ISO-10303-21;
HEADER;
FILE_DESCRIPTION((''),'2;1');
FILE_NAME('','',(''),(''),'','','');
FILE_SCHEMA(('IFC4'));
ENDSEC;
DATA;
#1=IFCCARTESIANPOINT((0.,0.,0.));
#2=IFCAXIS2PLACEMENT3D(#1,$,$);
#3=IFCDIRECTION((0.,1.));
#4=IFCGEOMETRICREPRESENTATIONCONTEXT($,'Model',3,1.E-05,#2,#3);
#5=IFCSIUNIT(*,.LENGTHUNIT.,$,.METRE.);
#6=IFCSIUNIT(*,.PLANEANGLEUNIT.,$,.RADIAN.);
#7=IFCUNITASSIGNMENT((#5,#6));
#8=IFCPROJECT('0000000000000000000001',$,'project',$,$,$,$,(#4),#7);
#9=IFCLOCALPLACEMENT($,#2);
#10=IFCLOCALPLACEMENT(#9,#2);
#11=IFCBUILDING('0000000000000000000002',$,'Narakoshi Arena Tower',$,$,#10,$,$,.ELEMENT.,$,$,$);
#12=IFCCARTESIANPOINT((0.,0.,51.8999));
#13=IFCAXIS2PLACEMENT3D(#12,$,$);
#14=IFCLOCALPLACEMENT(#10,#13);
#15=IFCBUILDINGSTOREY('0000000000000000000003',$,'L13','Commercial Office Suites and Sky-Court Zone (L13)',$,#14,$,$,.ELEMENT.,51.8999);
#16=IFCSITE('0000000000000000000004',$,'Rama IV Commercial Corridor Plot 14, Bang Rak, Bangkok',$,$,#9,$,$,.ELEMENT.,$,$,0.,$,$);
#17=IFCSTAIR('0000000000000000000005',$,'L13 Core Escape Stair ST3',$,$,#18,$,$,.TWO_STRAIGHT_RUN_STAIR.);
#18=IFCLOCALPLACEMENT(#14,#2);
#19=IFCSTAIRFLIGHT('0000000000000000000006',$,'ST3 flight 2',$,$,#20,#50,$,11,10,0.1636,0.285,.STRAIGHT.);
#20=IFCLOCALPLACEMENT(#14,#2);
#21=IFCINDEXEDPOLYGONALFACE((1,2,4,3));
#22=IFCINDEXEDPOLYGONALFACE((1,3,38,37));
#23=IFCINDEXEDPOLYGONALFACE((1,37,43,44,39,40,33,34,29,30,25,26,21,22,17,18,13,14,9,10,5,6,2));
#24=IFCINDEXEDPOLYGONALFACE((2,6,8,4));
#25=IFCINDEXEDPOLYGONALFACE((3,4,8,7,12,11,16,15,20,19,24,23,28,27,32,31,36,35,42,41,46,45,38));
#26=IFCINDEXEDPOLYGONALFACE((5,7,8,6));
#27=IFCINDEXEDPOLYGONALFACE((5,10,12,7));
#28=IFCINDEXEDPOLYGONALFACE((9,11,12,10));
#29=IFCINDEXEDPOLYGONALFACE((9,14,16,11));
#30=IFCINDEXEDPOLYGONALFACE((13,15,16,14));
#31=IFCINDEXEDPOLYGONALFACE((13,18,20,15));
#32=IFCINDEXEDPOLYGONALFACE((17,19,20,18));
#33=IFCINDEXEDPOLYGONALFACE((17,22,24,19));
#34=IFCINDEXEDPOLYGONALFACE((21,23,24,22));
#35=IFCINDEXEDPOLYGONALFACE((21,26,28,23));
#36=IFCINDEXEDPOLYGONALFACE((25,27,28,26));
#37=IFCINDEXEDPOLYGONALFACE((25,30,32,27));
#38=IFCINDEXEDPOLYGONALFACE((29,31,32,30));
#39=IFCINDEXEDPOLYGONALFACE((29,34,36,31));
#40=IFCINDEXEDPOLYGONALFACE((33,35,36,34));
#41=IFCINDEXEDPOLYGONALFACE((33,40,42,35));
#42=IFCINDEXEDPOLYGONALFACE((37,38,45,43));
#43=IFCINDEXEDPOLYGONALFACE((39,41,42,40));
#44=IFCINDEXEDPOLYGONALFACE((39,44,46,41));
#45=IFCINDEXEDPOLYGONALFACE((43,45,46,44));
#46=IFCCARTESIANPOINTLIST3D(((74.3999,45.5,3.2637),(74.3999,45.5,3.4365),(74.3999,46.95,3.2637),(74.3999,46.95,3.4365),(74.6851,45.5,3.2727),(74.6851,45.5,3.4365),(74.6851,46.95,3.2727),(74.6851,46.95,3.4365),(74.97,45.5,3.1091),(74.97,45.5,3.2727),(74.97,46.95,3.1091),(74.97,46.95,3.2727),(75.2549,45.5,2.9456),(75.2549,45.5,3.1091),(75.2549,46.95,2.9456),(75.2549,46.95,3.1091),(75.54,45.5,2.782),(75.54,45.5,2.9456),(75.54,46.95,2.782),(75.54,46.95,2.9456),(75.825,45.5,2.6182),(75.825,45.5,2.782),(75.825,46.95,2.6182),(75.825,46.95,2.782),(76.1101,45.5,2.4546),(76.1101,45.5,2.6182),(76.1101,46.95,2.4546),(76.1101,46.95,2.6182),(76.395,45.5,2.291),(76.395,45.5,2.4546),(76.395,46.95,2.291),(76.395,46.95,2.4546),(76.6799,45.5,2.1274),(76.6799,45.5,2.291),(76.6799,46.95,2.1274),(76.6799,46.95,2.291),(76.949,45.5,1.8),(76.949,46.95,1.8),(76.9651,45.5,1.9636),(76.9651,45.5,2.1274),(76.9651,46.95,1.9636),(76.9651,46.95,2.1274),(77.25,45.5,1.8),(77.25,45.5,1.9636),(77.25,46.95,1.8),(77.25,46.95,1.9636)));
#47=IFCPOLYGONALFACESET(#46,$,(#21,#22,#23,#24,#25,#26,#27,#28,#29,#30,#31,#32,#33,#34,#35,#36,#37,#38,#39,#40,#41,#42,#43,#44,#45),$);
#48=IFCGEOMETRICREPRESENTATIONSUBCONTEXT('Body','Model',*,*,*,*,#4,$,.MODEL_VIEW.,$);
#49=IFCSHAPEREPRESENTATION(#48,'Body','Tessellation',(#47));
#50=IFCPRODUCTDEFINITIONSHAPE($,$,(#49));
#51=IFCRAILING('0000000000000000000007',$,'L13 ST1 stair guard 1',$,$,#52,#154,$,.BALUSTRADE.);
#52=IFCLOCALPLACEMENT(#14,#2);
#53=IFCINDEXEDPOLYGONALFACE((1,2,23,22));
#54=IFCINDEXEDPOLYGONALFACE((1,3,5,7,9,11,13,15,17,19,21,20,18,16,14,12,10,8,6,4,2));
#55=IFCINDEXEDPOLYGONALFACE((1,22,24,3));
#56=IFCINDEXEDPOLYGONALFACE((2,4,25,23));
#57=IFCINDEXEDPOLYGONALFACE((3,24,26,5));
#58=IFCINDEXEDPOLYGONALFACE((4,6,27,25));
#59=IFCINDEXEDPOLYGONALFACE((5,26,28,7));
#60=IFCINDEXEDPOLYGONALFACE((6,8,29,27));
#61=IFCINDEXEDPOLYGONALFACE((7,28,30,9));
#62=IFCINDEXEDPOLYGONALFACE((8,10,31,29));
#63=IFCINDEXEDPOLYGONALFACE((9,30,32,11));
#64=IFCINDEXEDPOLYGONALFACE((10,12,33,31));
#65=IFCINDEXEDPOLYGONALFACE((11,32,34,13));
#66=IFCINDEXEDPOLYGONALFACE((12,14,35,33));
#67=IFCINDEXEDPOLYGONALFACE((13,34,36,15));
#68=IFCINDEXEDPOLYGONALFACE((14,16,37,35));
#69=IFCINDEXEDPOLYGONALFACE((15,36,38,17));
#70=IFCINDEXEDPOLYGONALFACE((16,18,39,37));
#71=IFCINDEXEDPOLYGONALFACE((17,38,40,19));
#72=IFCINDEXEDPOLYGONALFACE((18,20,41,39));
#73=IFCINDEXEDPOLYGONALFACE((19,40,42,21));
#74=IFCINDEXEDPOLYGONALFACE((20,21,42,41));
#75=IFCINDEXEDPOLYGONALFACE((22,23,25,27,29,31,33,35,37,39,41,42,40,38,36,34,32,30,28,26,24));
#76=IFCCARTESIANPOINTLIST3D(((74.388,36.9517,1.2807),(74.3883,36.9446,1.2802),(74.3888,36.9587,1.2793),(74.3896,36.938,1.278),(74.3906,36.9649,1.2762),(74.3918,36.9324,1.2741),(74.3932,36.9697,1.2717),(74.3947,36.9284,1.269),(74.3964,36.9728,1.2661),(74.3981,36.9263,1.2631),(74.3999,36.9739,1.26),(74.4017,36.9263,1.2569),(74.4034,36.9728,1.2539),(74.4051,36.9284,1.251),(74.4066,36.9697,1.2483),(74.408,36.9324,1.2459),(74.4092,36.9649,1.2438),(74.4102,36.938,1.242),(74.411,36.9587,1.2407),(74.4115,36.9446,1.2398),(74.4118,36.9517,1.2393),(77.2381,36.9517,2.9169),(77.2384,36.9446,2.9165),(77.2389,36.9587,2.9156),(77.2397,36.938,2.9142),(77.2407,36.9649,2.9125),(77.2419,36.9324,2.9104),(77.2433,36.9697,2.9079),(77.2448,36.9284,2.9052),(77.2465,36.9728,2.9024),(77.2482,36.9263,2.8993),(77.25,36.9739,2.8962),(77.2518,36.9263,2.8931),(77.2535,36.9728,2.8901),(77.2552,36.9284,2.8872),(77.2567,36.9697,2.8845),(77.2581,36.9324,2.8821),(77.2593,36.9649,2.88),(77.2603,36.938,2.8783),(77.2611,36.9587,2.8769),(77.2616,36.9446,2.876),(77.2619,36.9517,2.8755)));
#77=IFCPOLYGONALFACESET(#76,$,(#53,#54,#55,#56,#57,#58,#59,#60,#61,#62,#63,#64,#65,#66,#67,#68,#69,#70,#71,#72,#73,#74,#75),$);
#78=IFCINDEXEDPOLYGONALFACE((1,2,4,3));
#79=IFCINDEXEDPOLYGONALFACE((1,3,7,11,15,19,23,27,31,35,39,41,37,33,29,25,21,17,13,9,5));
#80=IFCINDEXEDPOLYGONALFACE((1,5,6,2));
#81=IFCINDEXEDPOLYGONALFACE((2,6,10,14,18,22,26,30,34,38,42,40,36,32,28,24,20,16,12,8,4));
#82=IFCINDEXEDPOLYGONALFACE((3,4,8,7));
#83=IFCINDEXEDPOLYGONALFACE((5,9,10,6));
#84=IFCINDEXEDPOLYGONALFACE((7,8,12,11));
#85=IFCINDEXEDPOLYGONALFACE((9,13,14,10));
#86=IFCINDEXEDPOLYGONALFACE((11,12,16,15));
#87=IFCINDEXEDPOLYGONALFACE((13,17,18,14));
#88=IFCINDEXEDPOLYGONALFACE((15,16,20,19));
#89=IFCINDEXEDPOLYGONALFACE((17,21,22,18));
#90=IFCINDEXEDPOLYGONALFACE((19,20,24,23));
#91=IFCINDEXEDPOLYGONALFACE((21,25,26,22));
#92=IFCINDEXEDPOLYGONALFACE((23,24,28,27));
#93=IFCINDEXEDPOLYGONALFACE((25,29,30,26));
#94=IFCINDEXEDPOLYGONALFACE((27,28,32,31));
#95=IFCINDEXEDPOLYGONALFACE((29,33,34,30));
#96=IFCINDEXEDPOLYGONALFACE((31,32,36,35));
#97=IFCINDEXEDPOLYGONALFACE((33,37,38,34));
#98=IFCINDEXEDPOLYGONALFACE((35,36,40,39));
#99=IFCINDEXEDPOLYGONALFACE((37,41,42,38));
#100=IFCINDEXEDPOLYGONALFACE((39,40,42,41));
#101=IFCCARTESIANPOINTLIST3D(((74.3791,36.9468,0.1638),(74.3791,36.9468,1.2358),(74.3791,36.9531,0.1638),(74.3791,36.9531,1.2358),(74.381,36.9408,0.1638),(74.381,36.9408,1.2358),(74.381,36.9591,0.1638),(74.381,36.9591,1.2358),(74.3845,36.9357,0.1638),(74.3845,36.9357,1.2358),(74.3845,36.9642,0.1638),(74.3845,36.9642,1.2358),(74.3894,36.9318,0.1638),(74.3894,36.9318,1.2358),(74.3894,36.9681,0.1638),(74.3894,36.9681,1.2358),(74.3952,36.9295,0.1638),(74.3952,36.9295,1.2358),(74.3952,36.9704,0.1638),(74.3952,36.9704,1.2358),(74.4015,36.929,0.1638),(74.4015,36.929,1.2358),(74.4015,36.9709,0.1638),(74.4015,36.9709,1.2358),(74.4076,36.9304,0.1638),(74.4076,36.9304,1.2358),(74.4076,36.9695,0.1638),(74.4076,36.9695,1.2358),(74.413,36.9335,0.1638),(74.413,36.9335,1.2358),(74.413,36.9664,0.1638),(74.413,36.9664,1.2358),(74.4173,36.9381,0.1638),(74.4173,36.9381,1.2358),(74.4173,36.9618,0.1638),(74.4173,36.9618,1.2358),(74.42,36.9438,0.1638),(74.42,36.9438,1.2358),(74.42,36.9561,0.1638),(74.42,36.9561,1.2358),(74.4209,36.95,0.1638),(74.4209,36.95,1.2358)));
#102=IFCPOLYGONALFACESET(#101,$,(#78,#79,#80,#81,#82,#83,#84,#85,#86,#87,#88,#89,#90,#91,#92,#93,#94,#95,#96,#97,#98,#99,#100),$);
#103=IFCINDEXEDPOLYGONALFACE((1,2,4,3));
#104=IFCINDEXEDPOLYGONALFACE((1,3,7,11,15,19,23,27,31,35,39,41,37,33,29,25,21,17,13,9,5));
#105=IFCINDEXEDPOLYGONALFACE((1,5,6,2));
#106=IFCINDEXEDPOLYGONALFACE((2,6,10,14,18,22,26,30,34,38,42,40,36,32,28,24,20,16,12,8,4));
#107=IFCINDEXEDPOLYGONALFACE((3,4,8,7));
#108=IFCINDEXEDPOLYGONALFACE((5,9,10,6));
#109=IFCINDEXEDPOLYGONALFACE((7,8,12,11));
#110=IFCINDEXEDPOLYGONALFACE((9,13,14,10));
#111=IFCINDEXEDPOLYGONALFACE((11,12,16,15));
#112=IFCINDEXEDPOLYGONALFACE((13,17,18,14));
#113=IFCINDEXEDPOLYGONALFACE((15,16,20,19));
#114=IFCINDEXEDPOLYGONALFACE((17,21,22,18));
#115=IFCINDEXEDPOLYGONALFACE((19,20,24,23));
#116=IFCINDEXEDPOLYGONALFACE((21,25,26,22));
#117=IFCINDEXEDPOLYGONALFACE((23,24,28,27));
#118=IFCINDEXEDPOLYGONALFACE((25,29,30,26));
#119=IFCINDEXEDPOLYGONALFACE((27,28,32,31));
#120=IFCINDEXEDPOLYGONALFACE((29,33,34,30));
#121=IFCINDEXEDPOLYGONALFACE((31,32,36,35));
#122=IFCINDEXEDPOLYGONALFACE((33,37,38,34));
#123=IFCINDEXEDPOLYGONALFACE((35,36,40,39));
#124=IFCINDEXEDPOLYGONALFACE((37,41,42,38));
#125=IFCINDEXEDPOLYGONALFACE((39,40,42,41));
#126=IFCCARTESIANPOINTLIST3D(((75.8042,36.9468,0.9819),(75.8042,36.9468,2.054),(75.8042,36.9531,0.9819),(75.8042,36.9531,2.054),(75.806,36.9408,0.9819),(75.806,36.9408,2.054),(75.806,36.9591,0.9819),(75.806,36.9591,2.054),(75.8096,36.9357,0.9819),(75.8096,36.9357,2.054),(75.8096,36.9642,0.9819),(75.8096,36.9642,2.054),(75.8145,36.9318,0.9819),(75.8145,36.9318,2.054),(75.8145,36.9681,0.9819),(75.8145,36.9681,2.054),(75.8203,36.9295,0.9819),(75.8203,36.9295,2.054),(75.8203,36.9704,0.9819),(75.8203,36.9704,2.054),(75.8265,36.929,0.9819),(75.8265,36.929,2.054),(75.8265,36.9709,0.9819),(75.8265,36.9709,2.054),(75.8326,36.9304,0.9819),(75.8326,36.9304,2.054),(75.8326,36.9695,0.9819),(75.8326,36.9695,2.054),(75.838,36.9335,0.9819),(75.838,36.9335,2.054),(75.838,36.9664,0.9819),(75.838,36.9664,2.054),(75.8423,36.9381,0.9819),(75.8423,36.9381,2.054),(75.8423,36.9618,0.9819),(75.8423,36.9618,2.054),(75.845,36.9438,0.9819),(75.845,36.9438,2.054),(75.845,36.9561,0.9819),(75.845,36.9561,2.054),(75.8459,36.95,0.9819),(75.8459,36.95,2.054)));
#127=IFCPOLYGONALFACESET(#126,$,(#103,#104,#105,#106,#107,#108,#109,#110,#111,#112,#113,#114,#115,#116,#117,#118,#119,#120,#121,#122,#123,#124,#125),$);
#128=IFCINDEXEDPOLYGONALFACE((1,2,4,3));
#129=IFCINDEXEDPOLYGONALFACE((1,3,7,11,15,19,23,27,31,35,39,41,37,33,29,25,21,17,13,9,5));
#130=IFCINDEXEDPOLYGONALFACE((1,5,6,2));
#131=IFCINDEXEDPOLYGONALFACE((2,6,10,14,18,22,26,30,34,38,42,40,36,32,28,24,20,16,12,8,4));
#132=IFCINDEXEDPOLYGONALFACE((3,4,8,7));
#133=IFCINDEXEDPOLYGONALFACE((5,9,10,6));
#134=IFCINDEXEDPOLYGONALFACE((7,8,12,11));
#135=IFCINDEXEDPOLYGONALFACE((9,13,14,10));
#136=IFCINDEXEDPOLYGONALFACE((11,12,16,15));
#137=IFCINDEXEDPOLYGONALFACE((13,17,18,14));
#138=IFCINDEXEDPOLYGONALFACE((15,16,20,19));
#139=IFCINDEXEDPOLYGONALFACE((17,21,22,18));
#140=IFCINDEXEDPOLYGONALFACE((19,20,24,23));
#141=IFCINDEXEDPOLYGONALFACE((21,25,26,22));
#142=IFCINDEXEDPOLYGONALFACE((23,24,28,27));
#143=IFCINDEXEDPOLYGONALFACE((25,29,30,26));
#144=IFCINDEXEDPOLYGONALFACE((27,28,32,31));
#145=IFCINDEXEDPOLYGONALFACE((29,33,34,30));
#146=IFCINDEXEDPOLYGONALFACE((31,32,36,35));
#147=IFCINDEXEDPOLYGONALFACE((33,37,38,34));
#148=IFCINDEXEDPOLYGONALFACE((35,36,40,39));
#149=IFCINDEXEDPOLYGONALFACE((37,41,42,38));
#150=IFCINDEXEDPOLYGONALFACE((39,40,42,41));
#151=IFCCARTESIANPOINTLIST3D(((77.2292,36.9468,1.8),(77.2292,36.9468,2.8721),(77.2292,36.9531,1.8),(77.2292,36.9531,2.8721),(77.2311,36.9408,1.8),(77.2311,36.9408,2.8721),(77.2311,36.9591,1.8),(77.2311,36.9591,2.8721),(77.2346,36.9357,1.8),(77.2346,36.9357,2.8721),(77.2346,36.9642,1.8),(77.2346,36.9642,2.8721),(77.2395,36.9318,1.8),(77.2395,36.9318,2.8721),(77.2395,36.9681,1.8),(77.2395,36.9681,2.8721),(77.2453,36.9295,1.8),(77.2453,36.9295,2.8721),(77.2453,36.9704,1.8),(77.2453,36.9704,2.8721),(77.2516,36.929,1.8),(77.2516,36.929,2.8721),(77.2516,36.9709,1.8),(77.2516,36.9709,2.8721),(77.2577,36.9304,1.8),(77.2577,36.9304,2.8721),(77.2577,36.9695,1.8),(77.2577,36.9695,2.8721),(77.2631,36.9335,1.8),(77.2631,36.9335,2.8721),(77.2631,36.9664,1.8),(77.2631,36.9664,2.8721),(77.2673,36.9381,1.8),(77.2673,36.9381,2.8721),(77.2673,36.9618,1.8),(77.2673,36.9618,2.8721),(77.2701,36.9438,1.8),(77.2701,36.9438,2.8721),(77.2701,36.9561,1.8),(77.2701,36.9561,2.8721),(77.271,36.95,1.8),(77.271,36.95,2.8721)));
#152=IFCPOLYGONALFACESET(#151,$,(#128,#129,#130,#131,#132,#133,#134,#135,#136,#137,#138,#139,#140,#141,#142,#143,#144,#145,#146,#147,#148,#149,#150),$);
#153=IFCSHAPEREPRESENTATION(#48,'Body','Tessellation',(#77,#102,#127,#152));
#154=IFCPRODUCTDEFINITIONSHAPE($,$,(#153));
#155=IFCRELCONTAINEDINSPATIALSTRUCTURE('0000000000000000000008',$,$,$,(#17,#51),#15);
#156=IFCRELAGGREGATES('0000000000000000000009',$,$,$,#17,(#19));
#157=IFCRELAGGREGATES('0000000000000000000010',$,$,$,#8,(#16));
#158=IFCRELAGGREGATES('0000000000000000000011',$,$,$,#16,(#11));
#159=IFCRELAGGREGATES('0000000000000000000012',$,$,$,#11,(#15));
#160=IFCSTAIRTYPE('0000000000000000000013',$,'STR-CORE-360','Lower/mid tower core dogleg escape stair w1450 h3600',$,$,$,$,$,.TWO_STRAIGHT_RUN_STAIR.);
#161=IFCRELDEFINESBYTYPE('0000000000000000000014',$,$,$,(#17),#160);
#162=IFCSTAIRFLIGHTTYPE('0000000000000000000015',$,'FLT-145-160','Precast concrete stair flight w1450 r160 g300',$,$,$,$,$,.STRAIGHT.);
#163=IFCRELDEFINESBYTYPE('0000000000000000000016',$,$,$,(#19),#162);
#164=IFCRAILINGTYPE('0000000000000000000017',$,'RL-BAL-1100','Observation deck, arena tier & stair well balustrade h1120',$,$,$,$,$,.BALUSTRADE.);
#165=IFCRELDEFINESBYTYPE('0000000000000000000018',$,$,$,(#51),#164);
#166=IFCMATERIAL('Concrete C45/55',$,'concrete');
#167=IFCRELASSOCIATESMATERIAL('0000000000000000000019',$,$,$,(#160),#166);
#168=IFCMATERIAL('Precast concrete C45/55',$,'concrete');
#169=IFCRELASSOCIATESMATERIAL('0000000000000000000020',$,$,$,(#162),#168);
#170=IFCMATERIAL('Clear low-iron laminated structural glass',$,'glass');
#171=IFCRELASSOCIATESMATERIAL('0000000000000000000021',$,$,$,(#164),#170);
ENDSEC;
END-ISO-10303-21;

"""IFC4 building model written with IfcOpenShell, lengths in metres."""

from ifc_helpers import new_model, si_unit, direction, frame, origin, origin_2d, place, context, subcontext, project, spatial, polyline, circle, outline, extrude, material, type_object, element, aggregate, save


model = new_model("IFC4")

# Units and contexts
model_context = context("Model", 3, precision=1e-05, world=origin(), true_north=direction((0.0, 1.0)))
body_context = subcontext(model_context, "Body", "Model", "MODEL_VIEW")
ifc_project = project(units=[si_unit("LENGTHUNIT", "METRE"), si_unit("PLANEANGLEUNIT", "RADIAN")], contexts=[model_context])

# Site, building, storey
site_placement = place(None, origin())
site = spatial("IfcSite", under=ifc_project, at=site_placement, Name="Rama IV Commercial Corridor Plot 14, Bang Rak, Bangkok", CompositionType="ELEMENT", RefElevation=0.0)
building_placement = place(site_placement, origin())
building = spatial("IfcBuilding", under=site, at=building_placement, Name="Narakoshi Arena Tower", CompositionType="ELEMENT")
storey_placement = place(building_placement, frame((0.0, 0.0, 51.8999)))
storey = spatial("IfcBuildingStorey", under=building, at=storey_placement, Name="L13", Description="Commercial Office Suites and Sky-Court Zone (L13)", CompositionType="ELEMENT", Elevation=51.8999)

# Stair, stair flight
ifc_material_1 = material(Name="Concrete C45/55", Category="concrete")
stair_type = type_object("IfcStairType", Name="STR-CORE-360", Description="Lower/mid tower core dogleg escape stair w1450 h3600", PredefinedType="TWO_STRAIGHT_RUN_STAIR", material=ifc_material_1)
ifc_material_2 = material(Name="Precast concrete C45/55", Category="concrete")
stair_flight_type = type_object("IfcStairFlightType", Name="FLT-145-160", Description="Precast concrete stair flight w1450 r160 g300", PredefinedType="STRAIGHT", material=ifc_material_2)
stair_1_placement = place(storey_placement, origin())
stair_1 = element("IfcStair", 1, at=stair_1_placement, inside=storey, type_object=stair_type, Name="L13 Core Escape Stair ST3", PredefinedType="TWO_STRAIGHT_RUN_STAIR")
stair_flight_1_placement = place(storey_placement, frame((77.25, 46.2251, 1.8), z_axis=(0.0, 0.0, 1.0), x_axis=(-1.0, 0.0, 0.0)))
stair_flight_1 = element("IfcStairFlight", 2, at=stair_flight_1_placement, type_object=stair_flight_type, Name="ST3 flight 2", NumberOfRisers=11, NumberOfTreads=10, PredefinedType="STRAIGHT", RiserHeight=0.1636, TreadLength=0.285, context=body_context, shape_type="SweptSolid", body=[
    extrude(outline(polyline([(0.0, 0.0), (0.0, 0.1636), (0.2849, 0.1636), (0.2849, 0.3274), (0.5701, 0.3274), (0.5701, 0.491), (0.855, 0.491), (0.855, 0.6545), (1.1399, 0.6545), (1.1399, 0.8181), (1.425, 0.8181), (1.425, 0.9819), (1.71, 0.9819), (1.71, 1.1455), (1.9951, 1.1455), (1.9951, 1.3091), (2.28, 1.3091), (2.28, 1.4727), (2.5649, 1.4727), (2.5649, 1.6365), (2.8501, 1.6365), (2.8501, 1.8), (2.8501, 1.4636), (0.301, 0.0), (0.0, 0.0)])), frame((0.0, 0.7251, 0.0), z_axis=(0.0, -1.0, 0.0), x_axis=(1.0, 0.0, 0.0)), (0.0, 0.0, 1.0), 1.45),
])
aggregate(stair_1, [stair_flight_1])

# Railing
ifc_material_3 = material(Name="Clear low-iron laminated structural glass", Category="glass")
railing_type_1 = type_object("IfcRailingType", Name="RL-BAL-1100", Description="Observation deck, arena tier & stair well balustrade h1120", PredefinedType="BALUSTRADE", material=ifc_material_3)
railing_1_placement = place(storey_placement, frame((74.3999, 36.95, 0.1638)))
element("IfcRailing", 3, at=railing_1_placement, inside=storey, type_object=railing_type_1, Name="L13 ST1 stair guard 1", PredefinedType="BALUSTRADE", context=body_context, shape_type="SweptSolid", body=[
    extrude(circle(Radius=0.0239, at=origin_2d()), frame((0.0, 0.0, 1.0962), z_axis=(0.867245, 0.0, 0.497882), x_axis=(0.0, 1.0, 0.0)), (0.0, 0.0, 1.0), 3.2864),
    extrude(circle(Radius=0.021, at=origin_2d()), origin(), (0.0, 0.0, 1.0), 1.072),
    extrude(circle(Radius=0.021, at=origin_2d()), frame((1.425, 0.0, 0.8181)), (0.0, 0.0, 1.0), 1.072),
    extrude(circle(Radius=0.021, at=origin_2d()), frame((2.8501, 0.0, 1.6362)), (0.0, 0.0, 1.0), 1.072),
])

save(model, "model.ifc")
